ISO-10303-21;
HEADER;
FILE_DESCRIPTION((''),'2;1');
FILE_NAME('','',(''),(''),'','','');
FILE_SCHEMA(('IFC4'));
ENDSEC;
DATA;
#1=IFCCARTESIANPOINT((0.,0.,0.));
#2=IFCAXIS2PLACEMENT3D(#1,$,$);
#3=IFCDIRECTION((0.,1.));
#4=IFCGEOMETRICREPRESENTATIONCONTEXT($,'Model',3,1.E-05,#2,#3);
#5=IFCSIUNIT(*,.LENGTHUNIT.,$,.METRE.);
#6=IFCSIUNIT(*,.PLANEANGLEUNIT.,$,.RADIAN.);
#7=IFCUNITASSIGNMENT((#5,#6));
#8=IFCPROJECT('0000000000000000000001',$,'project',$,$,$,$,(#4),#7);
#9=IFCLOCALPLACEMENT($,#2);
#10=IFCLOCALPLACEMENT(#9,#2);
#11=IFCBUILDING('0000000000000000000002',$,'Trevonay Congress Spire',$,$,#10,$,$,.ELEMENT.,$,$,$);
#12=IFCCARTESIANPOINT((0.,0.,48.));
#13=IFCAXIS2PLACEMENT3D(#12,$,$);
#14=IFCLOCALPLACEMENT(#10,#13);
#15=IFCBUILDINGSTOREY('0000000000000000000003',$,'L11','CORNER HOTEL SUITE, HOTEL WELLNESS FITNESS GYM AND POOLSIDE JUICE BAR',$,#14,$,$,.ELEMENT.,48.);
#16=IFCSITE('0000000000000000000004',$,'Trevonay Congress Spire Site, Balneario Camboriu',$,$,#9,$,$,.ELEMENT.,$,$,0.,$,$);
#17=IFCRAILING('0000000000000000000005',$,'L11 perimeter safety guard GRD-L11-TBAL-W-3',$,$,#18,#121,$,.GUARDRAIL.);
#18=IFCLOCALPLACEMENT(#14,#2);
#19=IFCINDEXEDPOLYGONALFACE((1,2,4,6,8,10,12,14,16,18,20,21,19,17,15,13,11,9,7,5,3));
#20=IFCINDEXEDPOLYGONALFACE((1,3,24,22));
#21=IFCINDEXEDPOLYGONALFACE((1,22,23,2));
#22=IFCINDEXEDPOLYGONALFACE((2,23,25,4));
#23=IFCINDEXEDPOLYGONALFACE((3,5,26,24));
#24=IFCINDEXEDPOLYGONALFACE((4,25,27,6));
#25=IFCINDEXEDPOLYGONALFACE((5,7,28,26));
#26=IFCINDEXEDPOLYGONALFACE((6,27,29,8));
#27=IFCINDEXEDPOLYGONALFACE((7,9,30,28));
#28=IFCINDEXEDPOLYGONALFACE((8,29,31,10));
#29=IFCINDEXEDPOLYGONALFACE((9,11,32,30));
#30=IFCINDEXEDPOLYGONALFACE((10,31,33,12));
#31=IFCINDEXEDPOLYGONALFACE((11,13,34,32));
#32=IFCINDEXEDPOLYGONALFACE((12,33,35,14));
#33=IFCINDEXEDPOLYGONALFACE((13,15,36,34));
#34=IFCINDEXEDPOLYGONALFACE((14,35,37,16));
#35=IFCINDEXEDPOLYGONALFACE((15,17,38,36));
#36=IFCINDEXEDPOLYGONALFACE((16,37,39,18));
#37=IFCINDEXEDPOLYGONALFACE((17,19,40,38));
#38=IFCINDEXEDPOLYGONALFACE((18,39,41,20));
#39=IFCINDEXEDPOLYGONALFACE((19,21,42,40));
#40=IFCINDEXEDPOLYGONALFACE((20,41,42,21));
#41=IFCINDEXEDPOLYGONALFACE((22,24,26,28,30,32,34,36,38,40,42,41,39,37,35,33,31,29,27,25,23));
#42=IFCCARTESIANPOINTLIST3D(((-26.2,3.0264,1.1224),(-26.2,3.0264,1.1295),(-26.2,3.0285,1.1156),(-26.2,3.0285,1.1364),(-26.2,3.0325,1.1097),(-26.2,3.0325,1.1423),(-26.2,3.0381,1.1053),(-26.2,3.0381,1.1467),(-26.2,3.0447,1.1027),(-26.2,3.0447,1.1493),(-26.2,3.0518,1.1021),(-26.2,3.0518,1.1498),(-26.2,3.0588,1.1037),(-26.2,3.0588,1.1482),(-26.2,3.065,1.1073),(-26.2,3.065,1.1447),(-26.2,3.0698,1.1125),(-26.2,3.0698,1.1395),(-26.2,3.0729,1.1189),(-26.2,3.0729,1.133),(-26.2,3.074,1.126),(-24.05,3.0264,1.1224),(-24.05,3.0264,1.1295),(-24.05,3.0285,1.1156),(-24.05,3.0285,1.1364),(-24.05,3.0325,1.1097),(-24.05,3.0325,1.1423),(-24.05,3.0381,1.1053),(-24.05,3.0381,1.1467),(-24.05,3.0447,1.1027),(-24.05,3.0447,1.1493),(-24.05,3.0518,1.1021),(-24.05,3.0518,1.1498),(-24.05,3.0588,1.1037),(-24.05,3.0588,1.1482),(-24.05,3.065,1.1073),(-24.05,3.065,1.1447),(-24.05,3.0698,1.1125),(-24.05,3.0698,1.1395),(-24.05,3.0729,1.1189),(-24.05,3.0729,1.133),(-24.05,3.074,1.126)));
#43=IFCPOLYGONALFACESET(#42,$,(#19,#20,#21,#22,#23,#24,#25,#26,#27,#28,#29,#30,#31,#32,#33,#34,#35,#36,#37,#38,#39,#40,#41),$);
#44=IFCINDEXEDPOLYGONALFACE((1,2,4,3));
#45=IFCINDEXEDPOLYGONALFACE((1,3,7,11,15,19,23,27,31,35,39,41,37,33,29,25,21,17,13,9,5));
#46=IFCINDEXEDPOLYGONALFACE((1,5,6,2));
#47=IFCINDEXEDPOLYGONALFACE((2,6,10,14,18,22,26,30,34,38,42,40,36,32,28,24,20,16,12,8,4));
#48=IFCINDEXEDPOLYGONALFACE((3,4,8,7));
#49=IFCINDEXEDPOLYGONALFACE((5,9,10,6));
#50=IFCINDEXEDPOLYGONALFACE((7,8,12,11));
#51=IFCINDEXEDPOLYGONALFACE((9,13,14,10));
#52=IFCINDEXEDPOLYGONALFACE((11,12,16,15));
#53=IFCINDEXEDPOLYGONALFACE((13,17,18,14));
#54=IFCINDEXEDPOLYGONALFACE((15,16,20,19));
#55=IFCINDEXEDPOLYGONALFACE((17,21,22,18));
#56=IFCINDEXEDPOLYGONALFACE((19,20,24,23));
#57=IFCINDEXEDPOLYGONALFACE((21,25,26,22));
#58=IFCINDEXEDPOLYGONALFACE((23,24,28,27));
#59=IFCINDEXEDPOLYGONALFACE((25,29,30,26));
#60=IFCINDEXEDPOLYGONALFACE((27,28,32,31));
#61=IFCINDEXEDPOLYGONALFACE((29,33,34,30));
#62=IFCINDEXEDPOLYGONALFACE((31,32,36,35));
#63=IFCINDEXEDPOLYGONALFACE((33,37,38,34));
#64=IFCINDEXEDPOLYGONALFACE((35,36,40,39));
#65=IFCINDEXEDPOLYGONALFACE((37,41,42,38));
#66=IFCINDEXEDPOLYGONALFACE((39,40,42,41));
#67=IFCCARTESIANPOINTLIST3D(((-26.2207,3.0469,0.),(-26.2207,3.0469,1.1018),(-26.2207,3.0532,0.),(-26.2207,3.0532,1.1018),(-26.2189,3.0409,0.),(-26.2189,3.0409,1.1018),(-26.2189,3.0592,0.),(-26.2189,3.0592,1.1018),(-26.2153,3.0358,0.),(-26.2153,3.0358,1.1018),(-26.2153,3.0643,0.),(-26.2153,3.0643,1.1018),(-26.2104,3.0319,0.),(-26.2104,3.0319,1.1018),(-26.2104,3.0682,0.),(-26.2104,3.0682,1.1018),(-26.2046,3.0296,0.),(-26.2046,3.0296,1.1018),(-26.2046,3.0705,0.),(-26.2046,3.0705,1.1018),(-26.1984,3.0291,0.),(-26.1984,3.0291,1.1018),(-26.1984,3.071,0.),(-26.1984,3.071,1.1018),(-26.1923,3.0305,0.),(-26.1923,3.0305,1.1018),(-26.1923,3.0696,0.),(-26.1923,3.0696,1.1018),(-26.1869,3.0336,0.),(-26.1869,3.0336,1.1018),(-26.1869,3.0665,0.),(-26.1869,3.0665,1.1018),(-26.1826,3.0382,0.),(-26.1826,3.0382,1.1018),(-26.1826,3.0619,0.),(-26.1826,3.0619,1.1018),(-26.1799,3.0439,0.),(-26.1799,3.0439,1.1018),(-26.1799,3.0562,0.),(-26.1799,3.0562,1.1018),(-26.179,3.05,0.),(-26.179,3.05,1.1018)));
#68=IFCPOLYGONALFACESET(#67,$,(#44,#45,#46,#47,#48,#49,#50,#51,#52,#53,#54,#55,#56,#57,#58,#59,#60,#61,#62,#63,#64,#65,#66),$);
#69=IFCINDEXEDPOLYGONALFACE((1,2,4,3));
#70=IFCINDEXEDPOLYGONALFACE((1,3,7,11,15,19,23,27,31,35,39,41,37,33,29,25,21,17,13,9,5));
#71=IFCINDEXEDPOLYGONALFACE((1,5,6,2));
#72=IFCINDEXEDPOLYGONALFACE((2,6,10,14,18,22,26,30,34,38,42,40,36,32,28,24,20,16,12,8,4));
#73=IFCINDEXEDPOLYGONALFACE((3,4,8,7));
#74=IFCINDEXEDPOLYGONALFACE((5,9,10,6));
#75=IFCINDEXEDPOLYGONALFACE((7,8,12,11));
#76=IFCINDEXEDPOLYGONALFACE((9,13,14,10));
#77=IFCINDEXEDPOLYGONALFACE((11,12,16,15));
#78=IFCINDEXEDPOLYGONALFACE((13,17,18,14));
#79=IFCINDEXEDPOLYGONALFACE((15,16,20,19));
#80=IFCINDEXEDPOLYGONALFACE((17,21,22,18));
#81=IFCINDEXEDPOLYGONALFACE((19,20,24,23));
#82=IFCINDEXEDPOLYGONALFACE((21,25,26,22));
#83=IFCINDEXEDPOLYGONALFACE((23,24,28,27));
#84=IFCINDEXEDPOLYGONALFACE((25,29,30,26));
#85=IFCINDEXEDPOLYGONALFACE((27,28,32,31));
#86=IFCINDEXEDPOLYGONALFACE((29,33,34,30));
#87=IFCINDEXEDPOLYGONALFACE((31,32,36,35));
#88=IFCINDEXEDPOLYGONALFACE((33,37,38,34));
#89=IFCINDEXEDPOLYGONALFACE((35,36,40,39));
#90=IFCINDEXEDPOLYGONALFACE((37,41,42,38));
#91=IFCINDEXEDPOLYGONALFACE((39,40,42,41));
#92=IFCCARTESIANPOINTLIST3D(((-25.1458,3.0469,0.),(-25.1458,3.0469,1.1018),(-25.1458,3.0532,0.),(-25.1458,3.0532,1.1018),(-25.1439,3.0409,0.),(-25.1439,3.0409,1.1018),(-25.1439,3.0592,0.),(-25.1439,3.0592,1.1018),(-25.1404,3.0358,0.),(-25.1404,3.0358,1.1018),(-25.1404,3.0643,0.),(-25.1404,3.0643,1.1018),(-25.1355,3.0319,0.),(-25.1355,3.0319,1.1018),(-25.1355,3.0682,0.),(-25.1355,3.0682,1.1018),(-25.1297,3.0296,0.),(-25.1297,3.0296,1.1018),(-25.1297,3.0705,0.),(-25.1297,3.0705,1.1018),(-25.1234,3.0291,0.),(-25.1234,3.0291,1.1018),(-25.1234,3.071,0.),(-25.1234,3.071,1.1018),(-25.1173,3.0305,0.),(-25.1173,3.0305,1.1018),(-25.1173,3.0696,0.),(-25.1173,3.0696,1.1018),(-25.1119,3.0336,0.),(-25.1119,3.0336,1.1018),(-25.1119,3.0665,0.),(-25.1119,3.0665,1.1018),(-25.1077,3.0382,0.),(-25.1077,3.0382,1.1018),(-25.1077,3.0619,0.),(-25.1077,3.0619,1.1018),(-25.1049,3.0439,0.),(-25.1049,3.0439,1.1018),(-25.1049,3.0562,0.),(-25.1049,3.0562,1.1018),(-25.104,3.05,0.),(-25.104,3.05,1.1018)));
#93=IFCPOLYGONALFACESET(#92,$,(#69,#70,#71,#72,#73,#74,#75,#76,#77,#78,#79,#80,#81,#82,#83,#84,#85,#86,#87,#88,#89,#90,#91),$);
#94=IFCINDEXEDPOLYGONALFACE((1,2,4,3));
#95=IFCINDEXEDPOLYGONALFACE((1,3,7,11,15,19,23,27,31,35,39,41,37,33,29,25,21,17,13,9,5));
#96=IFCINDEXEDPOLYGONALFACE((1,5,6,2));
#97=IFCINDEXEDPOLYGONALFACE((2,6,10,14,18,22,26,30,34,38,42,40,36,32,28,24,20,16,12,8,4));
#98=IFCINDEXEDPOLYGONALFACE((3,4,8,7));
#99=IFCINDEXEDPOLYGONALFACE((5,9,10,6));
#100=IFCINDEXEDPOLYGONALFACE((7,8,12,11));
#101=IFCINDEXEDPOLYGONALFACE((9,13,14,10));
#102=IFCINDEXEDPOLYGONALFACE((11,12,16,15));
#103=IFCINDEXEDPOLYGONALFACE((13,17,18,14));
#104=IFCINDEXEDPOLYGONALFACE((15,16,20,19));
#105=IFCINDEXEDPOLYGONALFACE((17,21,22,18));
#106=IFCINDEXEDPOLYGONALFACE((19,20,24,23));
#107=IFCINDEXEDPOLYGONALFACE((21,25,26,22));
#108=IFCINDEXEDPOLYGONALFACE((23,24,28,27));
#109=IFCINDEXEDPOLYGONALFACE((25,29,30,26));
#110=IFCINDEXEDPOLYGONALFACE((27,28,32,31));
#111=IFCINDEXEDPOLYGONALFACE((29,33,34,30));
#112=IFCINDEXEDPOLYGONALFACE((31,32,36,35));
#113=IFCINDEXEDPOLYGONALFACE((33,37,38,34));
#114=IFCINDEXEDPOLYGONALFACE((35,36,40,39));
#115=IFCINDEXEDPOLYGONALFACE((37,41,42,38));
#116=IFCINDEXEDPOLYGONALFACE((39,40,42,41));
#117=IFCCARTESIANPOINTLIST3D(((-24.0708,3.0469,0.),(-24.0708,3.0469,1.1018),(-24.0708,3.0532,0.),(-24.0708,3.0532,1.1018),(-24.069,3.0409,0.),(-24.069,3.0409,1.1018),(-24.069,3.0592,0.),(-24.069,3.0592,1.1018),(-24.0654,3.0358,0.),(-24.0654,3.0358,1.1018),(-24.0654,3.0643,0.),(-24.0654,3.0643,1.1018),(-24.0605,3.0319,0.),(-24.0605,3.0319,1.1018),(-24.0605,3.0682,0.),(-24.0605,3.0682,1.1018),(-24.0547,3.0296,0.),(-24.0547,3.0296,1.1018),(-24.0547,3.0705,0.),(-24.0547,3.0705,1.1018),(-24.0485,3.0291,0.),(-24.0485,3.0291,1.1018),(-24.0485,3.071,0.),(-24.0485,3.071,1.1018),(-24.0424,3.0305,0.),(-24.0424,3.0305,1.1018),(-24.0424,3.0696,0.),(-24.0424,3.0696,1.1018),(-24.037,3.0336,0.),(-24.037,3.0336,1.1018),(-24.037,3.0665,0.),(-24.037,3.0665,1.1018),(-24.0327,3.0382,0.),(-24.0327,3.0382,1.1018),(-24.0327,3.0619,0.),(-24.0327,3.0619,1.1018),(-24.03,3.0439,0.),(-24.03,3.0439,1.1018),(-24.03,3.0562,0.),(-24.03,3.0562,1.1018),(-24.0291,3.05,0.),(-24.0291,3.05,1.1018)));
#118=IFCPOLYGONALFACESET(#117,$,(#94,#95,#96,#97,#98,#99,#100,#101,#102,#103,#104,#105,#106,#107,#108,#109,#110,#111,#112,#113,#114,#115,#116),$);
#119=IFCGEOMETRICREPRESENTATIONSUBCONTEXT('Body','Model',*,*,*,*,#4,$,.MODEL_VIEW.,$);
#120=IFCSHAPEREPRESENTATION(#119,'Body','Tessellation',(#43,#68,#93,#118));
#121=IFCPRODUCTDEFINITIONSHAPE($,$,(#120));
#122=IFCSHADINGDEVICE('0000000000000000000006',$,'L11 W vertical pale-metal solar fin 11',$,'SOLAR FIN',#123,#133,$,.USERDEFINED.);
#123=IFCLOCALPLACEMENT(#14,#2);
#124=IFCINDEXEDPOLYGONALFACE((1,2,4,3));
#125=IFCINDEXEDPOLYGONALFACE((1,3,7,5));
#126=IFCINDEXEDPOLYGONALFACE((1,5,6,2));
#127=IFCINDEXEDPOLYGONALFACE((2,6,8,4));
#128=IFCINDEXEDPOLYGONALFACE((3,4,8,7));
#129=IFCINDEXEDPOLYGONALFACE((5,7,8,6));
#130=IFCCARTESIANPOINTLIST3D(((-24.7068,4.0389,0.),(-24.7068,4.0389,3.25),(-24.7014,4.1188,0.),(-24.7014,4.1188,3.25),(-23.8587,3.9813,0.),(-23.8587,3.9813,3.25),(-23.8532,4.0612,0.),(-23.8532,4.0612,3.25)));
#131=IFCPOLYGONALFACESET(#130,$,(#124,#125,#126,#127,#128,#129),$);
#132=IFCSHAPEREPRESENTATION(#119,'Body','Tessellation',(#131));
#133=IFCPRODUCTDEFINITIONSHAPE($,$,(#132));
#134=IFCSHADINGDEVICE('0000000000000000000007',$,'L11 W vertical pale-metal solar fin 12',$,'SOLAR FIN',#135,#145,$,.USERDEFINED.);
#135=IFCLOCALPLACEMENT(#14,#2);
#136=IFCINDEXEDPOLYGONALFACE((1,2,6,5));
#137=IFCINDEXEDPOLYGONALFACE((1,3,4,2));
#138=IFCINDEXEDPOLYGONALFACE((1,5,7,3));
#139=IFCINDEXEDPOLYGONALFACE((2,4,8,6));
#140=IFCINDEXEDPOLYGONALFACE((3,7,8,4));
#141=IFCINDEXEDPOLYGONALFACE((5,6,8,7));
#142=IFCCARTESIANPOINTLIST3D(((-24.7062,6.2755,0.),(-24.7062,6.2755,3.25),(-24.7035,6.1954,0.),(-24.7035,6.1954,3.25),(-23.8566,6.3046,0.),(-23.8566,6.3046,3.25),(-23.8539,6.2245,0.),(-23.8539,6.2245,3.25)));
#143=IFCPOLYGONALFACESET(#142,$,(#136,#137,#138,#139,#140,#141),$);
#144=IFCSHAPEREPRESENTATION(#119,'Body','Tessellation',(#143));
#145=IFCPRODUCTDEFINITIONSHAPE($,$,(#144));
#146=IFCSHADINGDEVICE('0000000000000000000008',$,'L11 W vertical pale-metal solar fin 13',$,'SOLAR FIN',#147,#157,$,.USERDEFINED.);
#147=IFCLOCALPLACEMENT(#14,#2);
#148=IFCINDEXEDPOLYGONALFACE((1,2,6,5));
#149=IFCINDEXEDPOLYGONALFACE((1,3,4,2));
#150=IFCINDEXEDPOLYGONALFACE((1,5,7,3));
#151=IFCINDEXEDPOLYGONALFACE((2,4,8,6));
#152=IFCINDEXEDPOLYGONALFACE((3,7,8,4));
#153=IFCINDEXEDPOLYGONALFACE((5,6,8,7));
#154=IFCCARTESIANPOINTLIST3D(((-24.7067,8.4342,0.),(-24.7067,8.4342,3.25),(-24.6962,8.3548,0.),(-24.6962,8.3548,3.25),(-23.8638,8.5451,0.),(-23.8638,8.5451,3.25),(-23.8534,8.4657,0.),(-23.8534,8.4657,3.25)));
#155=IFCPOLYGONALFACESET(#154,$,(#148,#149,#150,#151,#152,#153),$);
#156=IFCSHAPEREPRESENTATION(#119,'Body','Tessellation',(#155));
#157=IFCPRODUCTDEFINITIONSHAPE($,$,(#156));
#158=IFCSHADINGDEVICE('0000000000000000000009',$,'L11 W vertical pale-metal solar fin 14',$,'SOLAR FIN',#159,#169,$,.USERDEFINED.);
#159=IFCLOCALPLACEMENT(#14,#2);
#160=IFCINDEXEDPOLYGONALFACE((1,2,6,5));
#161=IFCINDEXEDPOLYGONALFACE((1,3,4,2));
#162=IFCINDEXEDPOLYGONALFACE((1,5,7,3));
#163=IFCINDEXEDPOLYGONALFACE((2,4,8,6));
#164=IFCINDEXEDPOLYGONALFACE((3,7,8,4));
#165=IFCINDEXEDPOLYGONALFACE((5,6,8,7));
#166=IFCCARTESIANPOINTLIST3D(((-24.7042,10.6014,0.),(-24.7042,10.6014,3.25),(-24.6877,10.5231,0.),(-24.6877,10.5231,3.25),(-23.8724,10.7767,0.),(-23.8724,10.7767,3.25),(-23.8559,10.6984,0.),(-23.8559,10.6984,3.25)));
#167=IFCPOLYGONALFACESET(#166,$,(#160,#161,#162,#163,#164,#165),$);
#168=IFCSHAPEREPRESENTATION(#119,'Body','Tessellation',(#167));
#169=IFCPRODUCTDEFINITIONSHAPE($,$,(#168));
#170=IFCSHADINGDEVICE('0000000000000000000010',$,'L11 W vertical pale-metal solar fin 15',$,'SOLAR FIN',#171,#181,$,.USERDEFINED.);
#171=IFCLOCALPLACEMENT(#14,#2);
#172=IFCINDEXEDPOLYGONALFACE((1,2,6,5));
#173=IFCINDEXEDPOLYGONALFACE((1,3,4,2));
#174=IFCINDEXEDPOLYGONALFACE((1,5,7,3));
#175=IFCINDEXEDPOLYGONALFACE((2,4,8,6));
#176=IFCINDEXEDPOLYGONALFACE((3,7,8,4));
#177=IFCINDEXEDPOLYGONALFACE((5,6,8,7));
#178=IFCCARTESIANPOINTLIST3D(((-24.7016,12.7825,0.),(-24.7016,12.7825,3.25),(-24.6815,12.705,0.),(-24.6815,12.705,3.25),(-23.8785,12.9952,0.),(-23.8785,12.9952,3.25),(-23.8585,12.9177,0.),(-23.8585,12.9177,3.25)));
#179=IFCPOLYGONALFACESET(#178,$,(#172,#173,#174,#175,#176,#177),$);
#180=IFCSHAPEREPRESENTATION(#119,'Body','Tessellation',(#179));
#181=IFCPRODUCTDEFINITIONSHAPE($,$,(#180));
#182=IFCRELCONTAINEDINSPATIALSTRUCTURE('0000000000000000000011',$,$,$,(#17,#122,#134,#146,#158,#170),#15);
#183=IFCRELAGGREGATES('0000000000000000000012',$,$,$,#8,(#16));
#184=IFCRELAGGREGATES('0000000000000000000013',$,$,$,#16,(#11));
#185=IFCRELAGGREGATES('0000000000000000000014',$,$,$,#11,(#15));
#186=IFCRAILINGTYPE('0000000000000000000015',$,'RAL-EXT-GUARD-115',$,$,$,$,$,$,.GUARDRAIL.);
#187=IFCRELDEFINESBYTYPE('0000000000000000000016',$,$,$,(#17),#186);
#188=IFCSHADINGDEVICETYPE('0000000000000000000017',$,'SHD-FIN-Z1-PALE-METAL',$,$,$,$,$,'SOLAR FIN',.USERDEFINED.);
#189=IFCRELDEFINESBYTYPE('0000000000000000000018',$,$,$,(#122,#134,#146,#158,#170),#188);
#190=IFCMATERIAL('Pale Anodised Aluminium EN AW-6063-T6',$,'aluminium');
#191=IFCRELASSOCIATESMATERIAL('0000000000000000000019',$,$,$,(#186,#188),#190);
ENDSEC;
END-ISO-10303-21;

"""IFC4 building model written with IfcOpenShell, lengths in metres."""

from ifc_helpers import new_model, si_unit, direction, frame, origin, origin_2d, place, context, subcontext, project, spatial, rectangle, circle, extrude, material, type_object, element, save


model = new_model("IFC4")

# Units and contexts
model_context = context("Model", 3, precision=1e-05, world=origin(), true_north=direction((0.0, 1.0)))
body_context = subcontext(model_context, "Body", "Model", "MODEL_VIEW")
ifc_project = project(units=[si_unit("LENGTHUNIT", "METRE"), si_unit("PLANEANGLEUNIT", "RADIAN")], contexts=[model_context])

# Site, building, storey
site_placement = place(None, origin())
site = spatial("IfcSite", under=ifc_project, at=site_placement, Name="Trevonay Congress Spire Site, Balneario Camboriu", CompositionType="ELEMENT", RefElevation=0.0)
building_placement = place(site_placement, origin())
building = spatial("IfcBuilding", under=site, at=building_placement, Name="Trevonay Congress Spire", CompositionType="ELEMENT")
storey_placement = place(building_placement, frame((0.0, 0.0, 48.0)))
storey = spatial("IfcBuildingStorey", under=building, at=storey_placement, Name="L11", Description="CORNER HOTEL SUITE, HOTEL WELLNESS FITNESS GYM AND POOLSIDE JUICE BAR", CompositionType="ELEMENT", Elevation=48.0)

# Shared definitions
ifc_material_1 = material(Name="Pale Anodised Aluminium EN AW-6063-T6", Category="aluminium")

# Railing
railing_type = type_object("IfcRailingType", Name="RAL-EXT-GUARD-115", PredefinedType="GUARDRAIL", material=ifc_material_1)
railing_placement = place(storey_placement, frame((-26.2, 3.05, 0.0)))
element("IfcRailing", 1, at=railing_placement, inside=storey, type_object=railing_type, Name="L11 perimeter safety guard GRD-L11-TBAL-W-3", PredefinedType="GUARDRAIL", context=body_context, shape_type="SweptSolid", body=[
    extrude(circle(Radius=0.0239, at=origin_2d()), frame((0.0, 0.0, 1.126), z_axis=(1.0, 0.0, 0.0), x_axis=(0.0, 1.0, 0.0)), (0.0, 0.0, 1.0), 2.1499),
    extrude(circle(Radius=0.021, at=origin_2d()), origin(), (0.0, 0.0, 1.0), 1.1018),
    extrude(circle(Radius=0.021, at=origin_2d()), frame((1.075, 0.0, 0.0)), (0.0, 0.0, 1.0), 1.1018),
    extrude(circle(Radius=0.021, at=origin_2d()), frame((2.1499, 0.0, 0.0)), (0.0, 0.0, 1.0), 1.1018),
])

# Shading devices
shading_device_type = type_object("IfcShadingDeviceType", Name="SHD-FIN-Z1-PALE-METAL", ElementType="SOLAR FIN", PredefinedType="USERDEFINED", material=ifc_material_1)
for number, where, z_axis, x_axis, name in (
    (2, (-24.28, 4.05, 0.0), (0.0, 0.0, 1.0), (0.067667, 0.997708, 0.0), "L11 W vertical pale-metal solar fin 11"),
    (3, (-24.28, 6.25, 0.0), (0.0, 0.0, 1.0), (-0.034202, 0.999415, 0.0), "L11 W vertical pale-metal solar fin 12"),
    (4, (-24.28, 8.45, 0.0), (0.0, 0.0, 1.0), (-0.130526, 0.991445, 0.0), "L11 W vertical pale-metal solar fin 13"),
    (5, (-24.28, 10.6499, 0.0), (0.0, 0.0, 1.0), (-0.206204, 0.978509, 0.0), "L11 W vertical pale-metal solar fin 14"),
    (6, (-24.28, 12.8501, 0.0), (0.0, 0.0, 1.0), (-0.250211, 0.968191, 0.0), "L11 W vertical pale-metal solar fin 15"),
):
    element("IfcShadingDevice", number, at=place(storey_placement, frame(where, z_axis=z_axis, x_axis=x_axis)), inside=storey, type_object=shading_device_type, Name=name, ObjectType="SOLAR FIN", PredefinedType="USERDEFINED", context=body_context, shape_type="SweptSolid", body=[
        extrude(rectangle(XDim=0.0801, YDim=0.8501, at=origin_2d()), origin(), (0.0, 0.0, 1.0), 3.25),
    ])

save(model, "model.ifc")
